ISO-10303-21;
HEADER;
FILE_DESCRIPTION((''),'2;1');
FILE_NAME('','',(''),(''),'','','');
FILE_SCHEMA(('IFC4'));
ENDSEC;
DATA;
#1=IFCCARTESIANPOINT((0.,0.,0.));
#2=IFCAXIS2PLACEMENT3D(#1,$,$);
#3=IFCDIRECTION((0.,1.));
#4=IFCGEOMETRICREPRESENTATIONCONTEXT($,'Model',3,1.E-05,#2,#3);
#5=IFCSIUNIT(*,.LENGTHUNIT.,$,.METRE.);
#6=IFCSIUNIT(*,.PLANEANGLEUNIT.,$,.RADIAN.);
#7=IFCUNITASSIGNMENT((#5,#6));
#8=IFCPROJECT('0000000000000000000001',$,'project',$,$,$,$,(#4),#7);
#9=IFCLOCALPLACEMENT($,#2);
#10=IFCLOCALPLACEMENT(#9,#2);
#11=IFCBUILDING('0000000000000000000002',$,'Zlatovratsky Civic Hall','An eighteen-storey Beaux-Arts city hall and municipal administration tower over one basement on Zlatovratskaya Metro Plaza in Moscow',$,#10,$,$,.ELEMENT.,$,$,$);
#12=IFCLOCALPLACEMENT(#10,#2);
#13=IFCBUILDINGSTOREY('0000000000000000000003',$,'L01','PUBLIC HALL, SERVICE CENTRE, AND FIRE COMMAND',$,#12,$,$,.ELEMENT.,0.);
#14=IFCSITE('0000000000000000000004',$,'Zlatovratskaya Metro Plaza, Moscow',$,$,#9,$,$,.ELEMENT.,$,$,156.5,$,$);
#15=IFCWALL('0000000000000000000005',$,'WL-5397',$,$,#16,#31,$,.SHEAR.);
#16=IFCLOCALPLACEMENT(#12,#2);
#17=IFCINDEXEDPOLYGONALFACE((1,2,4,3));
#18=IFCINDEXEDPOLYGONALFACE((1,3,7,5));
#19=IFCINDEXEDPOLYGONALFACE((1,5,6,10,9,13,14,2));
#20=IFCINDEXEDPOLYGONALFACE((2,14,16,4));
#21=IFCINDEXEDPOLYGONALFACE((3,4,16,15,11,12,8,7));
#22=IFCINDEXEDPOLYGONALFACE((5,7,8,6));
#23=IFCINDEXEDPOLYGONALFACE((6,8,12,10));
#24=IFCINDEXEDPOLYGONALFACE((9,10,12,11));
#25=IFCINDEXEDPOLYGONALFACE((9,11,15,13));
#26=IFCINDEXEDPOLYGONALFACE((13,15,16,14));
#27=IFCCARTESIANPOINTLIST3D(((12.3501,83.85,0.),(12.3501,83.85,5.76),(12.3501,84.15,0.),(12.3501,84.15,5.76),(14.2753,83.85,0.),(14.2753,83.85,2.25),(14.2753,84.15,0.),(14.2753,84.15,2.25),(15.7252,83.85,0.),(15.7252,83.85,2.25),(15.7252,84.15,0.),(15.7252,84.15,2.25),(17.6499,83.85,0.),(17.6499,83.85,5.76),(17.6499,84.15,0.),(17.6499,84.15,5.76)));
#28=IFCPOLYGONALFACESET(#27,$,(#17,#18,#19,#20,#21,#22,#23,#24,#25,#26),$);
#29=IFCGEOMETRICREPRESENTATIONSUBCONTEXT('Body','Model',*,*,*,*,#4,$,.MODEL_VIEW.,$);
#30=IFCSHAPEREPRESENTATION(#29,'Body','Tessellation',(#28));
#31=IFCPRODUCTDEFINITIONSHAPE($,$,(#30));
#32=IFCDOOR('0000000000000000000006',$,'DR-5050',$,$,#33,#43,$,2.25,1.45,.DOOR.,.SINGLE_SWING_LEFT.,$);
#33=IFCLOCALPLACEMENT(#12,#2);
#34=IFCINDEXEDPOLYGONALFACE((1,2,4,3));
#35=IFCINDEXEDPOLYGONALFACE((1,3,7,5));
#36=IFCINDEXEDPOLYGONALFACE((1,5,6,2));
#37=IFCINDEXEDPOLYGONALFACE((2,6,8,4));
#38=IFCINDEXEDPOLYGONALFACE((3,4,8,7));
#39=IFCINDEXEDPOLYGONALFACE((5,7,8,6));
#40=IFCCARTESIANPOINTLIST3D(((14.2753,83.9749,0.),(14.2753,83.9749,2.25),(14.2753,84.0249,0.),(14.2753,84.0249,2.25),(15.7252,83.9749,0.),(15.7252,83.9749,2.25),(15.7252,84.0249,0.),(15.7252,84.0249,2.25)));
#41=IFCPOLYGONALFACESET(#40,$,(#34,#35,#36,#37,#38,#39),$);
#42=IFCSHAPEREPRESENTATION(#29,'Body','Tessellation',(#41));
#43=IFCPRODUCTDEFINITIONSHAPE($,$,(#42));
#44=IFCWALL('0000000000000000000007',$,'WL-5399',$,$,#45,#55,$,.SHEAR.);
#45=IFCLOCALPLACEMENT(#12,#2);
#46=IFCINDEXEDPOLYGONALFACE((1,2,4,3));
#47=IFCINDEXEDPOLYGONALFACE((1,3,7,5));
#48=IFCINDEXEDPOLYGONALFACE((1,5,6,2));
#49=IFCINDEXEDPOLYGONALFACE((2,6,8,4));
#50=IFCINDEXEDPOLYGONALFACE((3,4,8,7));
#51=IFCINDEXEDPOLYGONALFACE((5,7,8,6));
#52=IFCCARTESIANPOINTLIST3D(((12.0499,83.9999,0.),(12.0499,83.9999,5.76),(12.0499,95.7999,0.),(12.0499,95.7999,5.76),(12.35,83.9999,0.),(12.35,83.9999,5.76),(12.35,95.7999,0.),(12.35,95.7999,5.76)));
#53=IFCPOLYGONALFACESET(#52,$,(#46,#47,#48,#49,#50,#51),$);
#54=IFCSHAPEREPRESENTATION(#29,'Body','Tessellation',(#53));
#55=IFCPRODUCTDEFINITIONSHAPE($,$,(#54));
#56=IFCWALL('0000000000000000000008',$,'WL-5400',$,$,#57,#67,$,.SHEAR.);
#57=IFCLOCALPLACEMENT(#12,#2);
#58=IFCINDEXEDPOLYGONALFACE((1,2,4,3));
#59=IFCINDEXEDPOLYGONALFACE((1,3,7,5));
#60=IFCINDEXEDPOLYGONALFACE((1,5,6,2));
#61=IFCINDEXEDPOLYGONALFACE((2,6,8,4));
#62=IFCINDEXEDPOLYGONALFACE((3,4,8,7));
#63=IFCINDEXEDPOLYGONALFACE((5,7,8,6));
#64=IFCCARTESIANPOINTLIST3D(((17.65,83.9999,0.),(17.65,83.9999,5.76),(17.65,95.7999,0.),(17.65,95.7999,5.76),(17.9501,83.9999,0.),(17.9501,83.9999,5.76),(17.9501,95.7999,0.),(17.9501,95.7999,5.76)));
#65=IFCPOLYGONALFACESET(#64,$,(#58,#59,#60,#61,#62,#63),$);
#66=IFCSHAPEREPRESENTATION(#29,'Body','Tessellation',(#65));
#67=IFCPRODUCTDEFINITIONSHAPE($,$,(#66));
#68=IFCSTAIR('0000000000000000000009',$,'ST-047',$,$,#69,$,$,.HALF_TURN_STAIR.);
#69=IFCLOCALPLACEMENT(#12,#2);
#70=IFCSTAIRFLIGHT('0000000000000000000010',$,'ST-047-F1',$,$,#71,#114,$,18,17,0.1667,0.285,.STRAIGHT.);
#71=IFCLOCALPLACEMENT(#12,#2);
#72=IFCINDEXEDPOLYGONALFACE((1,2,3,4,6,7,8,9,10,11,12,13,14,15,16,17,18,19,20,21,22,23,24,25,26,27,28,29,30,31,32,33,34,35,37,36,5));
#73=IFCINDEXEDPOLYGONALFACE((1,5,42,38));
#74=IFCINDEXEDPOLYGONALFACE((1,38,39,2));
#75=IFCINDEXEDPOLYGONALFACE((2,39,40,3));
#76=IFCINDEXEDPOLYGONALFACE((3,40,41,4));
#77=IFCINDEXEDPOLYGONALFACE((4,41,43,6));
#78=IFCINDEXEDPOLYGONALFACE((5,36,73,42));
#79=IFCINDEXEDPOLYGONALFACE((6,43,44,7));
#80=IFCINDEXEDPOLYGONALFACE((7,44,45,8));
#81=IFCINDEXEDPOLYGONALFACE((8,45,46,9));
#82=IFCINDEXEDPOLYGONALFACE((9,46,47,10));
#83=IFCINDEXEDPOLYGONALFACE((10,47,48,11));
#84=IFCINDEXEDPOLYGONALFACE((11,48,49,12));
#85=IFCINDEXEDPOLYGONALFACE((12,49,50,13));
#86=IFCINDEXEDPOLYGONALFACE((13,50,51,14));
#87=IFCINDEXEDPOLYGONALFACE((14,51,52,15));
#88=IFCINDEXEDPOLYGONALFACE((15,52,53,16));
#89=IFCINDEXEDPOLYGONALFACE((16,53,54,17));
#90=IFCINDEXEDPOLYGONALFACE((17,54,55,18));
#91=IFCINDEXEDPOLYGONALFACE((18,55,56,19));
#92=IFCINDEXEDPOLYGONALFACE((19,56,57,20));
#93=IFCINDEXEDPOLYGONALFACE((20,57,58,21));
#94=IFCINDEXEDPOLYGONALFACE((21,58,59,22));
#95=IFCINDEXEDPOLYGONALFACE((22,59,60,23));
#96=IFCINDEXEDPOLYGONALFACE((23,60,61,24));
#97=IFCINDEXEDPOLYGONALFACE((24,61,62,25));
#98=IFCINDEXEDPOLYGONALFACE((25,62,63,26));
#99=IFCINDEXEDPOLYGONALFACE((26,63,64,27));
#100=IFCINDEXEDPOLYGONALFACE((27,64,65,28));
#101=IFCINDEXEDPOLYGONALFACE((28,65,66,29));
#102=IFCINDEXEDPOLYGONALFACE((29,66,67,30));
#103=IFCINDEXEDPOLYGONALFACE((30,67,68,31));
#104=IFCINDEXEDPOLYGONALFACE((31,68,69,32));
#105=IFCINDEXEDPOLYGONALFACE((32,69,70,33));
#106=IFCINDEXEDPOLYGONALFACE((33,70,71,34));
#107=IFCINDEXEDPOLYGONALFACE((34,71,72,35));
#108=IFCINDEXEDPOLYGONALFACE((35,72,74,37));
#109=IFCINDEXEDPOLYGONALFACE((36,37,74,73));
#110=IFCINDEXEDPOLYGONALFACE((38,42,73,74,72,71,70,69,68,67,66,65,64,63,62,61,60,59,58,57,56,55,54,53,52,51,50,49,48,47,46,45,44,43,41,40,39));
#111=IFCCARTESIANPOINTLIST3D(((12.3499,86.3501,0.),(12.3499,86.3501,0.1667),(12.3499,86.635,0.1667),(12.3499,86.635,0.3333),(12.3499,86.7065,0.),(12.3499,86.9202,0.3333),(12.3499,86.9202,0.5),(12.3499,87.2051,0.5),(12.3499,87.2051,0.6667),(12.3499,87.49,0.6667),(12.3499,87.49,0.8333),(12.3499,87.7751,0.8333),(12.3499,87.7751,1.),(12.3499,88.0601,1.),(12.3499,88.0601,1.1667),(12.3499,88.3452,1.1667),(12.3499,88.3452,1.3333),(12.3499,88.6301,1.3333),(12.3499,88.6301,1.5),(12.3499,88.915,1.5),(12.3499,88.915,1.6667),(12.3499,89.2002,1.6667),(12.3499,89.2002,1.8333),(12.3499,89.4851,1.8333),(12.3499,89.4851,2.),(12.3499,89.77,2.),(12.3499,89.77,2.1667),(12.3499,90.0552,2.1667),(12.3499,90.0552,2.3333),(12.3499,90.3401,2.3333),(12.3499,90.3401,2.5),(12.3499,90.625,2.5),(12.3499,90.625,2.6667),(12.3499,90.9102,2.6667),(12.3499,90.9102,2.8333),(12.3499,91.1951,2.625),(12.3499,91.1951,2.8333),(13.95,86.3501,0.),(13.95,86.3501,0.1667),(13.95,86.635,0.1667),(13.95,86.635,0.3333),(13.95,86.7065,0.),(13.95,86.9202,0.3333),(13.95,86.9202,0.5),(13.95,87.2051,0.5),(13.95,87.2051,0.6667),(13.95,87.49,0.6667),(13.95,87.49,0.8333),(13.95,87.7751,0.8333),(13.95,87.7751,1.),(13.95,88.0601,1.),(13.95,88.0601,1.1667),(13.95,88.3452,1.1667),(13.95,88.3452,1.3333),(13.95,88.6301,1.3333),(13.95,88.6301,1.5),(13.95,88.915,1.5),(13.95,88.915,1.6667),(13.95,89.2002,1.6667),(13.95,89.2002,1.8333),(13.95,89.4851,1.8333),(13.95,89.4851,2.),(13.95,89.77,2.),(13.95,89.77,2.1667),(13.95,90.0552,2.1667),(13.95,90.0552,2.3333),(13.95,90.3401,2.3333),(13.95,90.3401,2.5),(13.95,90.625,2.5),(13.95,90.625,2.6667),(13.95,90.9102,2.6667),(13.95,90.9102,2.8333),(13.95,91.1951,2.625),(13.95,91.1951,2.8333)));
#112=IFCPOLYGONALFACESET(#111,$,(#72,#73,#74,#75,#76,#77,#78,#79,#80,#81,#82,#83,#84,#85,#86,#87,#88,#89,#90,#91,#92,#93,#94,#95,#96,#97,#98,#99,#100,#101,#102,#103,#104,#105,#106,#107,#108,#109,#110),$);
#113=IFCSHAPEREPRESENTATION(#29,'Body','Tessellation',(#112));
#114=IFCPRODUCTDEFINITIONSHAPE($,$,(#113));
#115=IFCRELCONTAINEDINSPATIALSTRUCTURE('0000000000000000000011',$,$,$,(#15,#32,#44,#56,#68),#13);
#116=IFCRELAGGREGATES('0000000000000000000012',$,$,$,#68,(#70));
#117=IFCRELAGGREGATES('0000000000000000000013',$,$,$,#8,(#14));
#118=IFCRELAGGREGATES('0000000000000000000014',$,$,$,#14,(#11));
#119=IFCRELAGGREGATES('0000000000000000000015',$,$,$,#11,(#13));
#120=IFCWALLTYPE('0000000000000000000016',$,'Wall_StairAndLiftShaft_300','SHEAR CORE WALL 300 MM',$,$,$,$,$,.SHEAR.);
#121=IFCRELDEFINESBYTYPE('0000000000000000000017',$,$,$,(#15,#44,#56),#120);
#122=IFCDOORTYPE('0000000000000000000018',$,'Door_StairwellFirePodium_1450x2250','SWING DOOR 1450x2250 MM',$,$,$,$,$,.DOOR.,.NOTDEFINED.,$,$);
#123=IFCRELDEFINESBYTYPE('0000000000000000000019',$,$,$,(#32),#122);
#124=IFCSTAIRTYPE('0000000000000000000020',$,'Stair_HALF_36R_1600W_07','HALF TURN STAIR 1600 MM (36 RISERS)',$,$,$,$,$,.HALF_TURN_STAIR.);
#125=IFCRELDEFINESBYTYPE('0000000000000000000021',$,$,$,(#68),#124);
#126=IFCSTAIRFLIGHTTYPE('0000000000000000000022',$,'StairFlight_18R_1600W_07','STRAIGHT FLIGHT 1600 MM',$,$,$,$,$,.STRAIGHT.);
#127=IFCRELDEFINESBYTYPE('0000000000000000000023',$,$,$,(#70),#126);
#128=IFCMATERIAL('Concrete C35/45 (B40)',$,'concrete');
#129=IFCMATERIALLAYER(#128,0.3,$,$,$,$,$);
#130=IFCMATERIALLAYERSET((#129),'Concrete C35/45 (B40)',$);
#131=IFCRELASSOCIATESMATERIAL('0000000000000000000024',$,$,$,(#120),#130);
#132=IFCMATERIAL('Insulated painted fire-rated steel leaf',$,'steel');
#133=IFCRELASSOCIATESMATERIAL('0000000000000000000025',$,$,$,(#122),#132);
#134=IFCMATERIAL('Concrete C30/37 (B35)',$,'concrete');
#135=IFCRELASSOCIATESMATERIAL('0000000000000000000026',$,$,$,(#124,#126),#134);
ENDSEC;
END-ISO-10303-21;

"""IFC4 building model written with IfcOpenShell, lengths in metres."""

from ifc_helpers import new_model, si_unit, direction, frame, frame_2d, origin, place, context, subcontext, project, spatial, polyline, rectangle, outline, extrude, material, layer, layer_set, type_object, element, fill, aggregate, save


model = new_model("IFC4")

# Units and contexts
model_context = context("Model", 3, precision=1e-05, world=origin(), true_north=direction((0.0, 1.0)))
body_context = subcontext(model_context, "Body", "Model", "MODEL_VIEW")
ifc_project = project(units=[si_unit("LENGTHUNIT", "METRE"), si_unit("PLANEANGLEUNIT", "RADIAN")], contexts=[model_context])

# Site, building, storey
site_placement = place(None, origin())
site = spatial("IfcSite", under=ifc_project, at=site_placement, Name="Zlatovratskaya Metro Plaza, Moscow", CompositionType="ELEMENT", RefElevation=156.5)
building_placement = place(site_placement, origin())
building = spatial("IfcBuilding", under=site, at=building_placement, Name="Zlatovratsky Civic Hall", Description="An eighteen-storey Beaux-Arts city hall and municipal administration tower over one basement on Zlatovratskaya Metro Plaza in Moscow", CompositionType="ELEMENT")
storey_placement = place(building_placement, origin())
storey = spatial("IfcBuildingStorey", under=building, at=storey_placement, Name="L01", Description="PUBLIC HALL, SERVICE CENTRE, AND FIRE COMMAND", CompositionType="ELEMENT", Elevation=0.0)

# Shared definitions
ifc_material_1 = material(Name="Concrete C35/45 (B40)", Category="concrete")

# Shared definitions
ifc_material_2 = material(Name="Insulated painted fire-rated steel leaf", Category="steel")

# Wall, opening, door
ifc_layer_1 = layer(ifc_material_1, 0.3)
ifc_layer_set_1 = layer_set([ifc_layer_1], Name="Concrete C35/45 (B40)")
wall_type_1 = type_object("IfcWallType", Name="Wall_StairAndLiftShaft_300", Description="SHEAR CORE WALL 300 MM", PredefinedType="SHEAR", material=ifc_layer_set_1)
wall_1_placement = place(storey_placement, frame((12.3501, 84.0, 0.0), z_axis=(0.0, 0.0, 1.0), x_axis=(1.0, 0.0, 0.0)))
wall_1 = element("IfcWall", 1, at=wall_1_placement, inside=storey, type_object=wall_type_1, Name="WL-5397", PredefinedType="SHEAR", context=body_context, shape_type="SweptSolid", body=[
    extrude(rectangle(XDim=5.2998, YDim=0.3, at=frame_2d((2.6499, 0.0))), origin(), (0.0, 0.0, 1.0), 5.76),
])
opening_1_placement = place(wall_1_placement, frame((1.925, 0.0, 0.0)))
opening_1 = element("IfcOpeningElement", 2, at=opening_1_placement, cuts=wall_1, PredefinedType="OPENING", context=body_context, shape_type="SweptSolid", body=[
    extrude(rectangle(XDim=1.45, YDim=2.25, at=frame_2d((0.7251, 1.125))), frame((0.0, 0.165, 0.0), z_axis=(0.0, -1.0, 0.0), x_axis=(1.0, 0.0, 0.0)), (0.0, 0.0, 1.0), 0.3298),
])
door_type_1 = type_object("IfcDoorType", Name="Door_StairwellFirePodium_1450x2250", Description="SWING DOOR 1450x2250 MM", OperationType="NOTDEFINED", PredefinedType="DOOR", material=ifc_material_2)
door_1_placement = place(opening_1_placement, origin())
door_1 = element("IfcDoor", 3, at=door_1_placement, inside=storey, type_object=door_type_1, Name="DR-5050", OperationType="SINGLE_SWING_LEFT", OverallHeight=2.25, OverallWidth=1.45, PredefinedType="DOOR", context=body_context, shape_type="SweptSolid", body=[
    extrude(rectangle(XDim=1.45, YDim=2.25, at=frame_2d((0.7251, 1.125))), frame((0.0, 0.0249, 0.0), z_axis=(0.0, -1.0, 0.0), x_axis=(1.0, 0.0, 0.0)), (0.0, 0.0, 1.0), 0.05),
])
fill(opening_1, door_1)

# Walls
for number, where, z_axis, x_axis, name in (
    (4, (12.2, 84.0, 0.0), (0.0, 0.0, 1.0), (0.0, 1.0, 0.0), "WL-5399"),
    (5, (17.8, 84.0, 0.0), (0.0, 0.0, 1.0), (0.0, 1.0, 0.0), "WL-5400"),
):
    element("IfcWall", number, at=place(storey_placement, frame(where, z_axis=z_axis, x_axis=x_axis)), inside=storey, type_object=wall_type_1, Name=name, PredefinedType="SHEAR", context=body_context, shape_type="SweptSolid", body=[
        extrude(rectangle(XDim=11.8, YDim=0.3, at=frame_2d((5.8999, 0.0))), origin(), (0.0, 0.0, 1.0), 5.76),
    ])

# Stair, stair flight
ifc_material_3 = material(Name="Concrete C30/37 (B35)", Category="concrete")
stair_type = type_object("IfcStairType", Name="Stair_HALF_36R_1600W_07", Description="HALF TURN STAIR 1600 MM (36 RISERS)", PredefinedType="HALF_TURN_STAIR", material=ifc_material_3)
stair_placement = place(storey_placement, origin())
stair = element("IfcStair", 6, at=stair_placement, inside=storey, type_object=stair_type, Name="ST-047", PredefinedType="HALF_TURN_STAIR")
stair_flight_type = type_object("IfcStairFlightType", Name="StairFlight_18R_1600W_07", Description="STRAIGHT FLIGHT 1600 MM", PredefinedType="STRAIGHT", material=ifc_material_3)
stair_flight_placement = place(storey_placement, frame((13.1499, 86.3501, 0.0), z_axis=(0.0, 0.0, 1.0), x_axis=(0.0, 1.0, 0.0)))
stair_flight = element("IfcStairFlight", 7, at=stair_flight_placement, type_object=stair_flight_type, Name="ST-047-F1", NumberOfRisers=18, NumberOfTreads=17, PredefinedType="STRAIGHT", RiserHeight=0.1667, TreadLength=0.285, context=body_context, shape_type="SweptSolid", body=[
    extrude(outline(polyline([(0.0, 0.0), (0.0, 0.1667), (0.2849, 0.1667), (0.2849, 0.3333), (0.5701, 0.3333), (0.5701, 0.5), (0.855, 0.5), (0.855, 0.6667), (1.1399, 0.6667), (1.1399, 0.8333), (1.425, 0.8333), (1.425, 1.0), (1.71, 1.0), (1.71, 1.1667), (1.9951, 1.1667), (1.9951, 1.3333), (2.28, 1.3333), (2.28, 1.5), (2.5649, 1.5), (2.5649, 1.6667), (2.8501, 1.6667), (2.8501, 1.8333), (3.135, 1.8333), (3.135, 2.0), (3.4199, 2.0), (3.4199, 2.1667), (3.7051, 2.1667), (3.7051, 2.3333), (3.99, 2.3333), (3.99, 2.5), (4.2749, 2.5), (4.2749, 2.6667), (4.5601, 2.6667), (4.5601, 2.8333), (4.845, 2.8333), (4.845, 3.0), (4.845, 2.625), (0.3564, 0.0), (0.0, 0.0)])), frame((0.0, 0.8, 0.0), z_axis=(0.0, -1.0, 0.0), x_axis=(1.0, 0.0, 0.0)), (0.0, 0.0, 1.0), 1.6001),
])
aggregate(stair, [stair_flight])

save(model, "model.ifc")
